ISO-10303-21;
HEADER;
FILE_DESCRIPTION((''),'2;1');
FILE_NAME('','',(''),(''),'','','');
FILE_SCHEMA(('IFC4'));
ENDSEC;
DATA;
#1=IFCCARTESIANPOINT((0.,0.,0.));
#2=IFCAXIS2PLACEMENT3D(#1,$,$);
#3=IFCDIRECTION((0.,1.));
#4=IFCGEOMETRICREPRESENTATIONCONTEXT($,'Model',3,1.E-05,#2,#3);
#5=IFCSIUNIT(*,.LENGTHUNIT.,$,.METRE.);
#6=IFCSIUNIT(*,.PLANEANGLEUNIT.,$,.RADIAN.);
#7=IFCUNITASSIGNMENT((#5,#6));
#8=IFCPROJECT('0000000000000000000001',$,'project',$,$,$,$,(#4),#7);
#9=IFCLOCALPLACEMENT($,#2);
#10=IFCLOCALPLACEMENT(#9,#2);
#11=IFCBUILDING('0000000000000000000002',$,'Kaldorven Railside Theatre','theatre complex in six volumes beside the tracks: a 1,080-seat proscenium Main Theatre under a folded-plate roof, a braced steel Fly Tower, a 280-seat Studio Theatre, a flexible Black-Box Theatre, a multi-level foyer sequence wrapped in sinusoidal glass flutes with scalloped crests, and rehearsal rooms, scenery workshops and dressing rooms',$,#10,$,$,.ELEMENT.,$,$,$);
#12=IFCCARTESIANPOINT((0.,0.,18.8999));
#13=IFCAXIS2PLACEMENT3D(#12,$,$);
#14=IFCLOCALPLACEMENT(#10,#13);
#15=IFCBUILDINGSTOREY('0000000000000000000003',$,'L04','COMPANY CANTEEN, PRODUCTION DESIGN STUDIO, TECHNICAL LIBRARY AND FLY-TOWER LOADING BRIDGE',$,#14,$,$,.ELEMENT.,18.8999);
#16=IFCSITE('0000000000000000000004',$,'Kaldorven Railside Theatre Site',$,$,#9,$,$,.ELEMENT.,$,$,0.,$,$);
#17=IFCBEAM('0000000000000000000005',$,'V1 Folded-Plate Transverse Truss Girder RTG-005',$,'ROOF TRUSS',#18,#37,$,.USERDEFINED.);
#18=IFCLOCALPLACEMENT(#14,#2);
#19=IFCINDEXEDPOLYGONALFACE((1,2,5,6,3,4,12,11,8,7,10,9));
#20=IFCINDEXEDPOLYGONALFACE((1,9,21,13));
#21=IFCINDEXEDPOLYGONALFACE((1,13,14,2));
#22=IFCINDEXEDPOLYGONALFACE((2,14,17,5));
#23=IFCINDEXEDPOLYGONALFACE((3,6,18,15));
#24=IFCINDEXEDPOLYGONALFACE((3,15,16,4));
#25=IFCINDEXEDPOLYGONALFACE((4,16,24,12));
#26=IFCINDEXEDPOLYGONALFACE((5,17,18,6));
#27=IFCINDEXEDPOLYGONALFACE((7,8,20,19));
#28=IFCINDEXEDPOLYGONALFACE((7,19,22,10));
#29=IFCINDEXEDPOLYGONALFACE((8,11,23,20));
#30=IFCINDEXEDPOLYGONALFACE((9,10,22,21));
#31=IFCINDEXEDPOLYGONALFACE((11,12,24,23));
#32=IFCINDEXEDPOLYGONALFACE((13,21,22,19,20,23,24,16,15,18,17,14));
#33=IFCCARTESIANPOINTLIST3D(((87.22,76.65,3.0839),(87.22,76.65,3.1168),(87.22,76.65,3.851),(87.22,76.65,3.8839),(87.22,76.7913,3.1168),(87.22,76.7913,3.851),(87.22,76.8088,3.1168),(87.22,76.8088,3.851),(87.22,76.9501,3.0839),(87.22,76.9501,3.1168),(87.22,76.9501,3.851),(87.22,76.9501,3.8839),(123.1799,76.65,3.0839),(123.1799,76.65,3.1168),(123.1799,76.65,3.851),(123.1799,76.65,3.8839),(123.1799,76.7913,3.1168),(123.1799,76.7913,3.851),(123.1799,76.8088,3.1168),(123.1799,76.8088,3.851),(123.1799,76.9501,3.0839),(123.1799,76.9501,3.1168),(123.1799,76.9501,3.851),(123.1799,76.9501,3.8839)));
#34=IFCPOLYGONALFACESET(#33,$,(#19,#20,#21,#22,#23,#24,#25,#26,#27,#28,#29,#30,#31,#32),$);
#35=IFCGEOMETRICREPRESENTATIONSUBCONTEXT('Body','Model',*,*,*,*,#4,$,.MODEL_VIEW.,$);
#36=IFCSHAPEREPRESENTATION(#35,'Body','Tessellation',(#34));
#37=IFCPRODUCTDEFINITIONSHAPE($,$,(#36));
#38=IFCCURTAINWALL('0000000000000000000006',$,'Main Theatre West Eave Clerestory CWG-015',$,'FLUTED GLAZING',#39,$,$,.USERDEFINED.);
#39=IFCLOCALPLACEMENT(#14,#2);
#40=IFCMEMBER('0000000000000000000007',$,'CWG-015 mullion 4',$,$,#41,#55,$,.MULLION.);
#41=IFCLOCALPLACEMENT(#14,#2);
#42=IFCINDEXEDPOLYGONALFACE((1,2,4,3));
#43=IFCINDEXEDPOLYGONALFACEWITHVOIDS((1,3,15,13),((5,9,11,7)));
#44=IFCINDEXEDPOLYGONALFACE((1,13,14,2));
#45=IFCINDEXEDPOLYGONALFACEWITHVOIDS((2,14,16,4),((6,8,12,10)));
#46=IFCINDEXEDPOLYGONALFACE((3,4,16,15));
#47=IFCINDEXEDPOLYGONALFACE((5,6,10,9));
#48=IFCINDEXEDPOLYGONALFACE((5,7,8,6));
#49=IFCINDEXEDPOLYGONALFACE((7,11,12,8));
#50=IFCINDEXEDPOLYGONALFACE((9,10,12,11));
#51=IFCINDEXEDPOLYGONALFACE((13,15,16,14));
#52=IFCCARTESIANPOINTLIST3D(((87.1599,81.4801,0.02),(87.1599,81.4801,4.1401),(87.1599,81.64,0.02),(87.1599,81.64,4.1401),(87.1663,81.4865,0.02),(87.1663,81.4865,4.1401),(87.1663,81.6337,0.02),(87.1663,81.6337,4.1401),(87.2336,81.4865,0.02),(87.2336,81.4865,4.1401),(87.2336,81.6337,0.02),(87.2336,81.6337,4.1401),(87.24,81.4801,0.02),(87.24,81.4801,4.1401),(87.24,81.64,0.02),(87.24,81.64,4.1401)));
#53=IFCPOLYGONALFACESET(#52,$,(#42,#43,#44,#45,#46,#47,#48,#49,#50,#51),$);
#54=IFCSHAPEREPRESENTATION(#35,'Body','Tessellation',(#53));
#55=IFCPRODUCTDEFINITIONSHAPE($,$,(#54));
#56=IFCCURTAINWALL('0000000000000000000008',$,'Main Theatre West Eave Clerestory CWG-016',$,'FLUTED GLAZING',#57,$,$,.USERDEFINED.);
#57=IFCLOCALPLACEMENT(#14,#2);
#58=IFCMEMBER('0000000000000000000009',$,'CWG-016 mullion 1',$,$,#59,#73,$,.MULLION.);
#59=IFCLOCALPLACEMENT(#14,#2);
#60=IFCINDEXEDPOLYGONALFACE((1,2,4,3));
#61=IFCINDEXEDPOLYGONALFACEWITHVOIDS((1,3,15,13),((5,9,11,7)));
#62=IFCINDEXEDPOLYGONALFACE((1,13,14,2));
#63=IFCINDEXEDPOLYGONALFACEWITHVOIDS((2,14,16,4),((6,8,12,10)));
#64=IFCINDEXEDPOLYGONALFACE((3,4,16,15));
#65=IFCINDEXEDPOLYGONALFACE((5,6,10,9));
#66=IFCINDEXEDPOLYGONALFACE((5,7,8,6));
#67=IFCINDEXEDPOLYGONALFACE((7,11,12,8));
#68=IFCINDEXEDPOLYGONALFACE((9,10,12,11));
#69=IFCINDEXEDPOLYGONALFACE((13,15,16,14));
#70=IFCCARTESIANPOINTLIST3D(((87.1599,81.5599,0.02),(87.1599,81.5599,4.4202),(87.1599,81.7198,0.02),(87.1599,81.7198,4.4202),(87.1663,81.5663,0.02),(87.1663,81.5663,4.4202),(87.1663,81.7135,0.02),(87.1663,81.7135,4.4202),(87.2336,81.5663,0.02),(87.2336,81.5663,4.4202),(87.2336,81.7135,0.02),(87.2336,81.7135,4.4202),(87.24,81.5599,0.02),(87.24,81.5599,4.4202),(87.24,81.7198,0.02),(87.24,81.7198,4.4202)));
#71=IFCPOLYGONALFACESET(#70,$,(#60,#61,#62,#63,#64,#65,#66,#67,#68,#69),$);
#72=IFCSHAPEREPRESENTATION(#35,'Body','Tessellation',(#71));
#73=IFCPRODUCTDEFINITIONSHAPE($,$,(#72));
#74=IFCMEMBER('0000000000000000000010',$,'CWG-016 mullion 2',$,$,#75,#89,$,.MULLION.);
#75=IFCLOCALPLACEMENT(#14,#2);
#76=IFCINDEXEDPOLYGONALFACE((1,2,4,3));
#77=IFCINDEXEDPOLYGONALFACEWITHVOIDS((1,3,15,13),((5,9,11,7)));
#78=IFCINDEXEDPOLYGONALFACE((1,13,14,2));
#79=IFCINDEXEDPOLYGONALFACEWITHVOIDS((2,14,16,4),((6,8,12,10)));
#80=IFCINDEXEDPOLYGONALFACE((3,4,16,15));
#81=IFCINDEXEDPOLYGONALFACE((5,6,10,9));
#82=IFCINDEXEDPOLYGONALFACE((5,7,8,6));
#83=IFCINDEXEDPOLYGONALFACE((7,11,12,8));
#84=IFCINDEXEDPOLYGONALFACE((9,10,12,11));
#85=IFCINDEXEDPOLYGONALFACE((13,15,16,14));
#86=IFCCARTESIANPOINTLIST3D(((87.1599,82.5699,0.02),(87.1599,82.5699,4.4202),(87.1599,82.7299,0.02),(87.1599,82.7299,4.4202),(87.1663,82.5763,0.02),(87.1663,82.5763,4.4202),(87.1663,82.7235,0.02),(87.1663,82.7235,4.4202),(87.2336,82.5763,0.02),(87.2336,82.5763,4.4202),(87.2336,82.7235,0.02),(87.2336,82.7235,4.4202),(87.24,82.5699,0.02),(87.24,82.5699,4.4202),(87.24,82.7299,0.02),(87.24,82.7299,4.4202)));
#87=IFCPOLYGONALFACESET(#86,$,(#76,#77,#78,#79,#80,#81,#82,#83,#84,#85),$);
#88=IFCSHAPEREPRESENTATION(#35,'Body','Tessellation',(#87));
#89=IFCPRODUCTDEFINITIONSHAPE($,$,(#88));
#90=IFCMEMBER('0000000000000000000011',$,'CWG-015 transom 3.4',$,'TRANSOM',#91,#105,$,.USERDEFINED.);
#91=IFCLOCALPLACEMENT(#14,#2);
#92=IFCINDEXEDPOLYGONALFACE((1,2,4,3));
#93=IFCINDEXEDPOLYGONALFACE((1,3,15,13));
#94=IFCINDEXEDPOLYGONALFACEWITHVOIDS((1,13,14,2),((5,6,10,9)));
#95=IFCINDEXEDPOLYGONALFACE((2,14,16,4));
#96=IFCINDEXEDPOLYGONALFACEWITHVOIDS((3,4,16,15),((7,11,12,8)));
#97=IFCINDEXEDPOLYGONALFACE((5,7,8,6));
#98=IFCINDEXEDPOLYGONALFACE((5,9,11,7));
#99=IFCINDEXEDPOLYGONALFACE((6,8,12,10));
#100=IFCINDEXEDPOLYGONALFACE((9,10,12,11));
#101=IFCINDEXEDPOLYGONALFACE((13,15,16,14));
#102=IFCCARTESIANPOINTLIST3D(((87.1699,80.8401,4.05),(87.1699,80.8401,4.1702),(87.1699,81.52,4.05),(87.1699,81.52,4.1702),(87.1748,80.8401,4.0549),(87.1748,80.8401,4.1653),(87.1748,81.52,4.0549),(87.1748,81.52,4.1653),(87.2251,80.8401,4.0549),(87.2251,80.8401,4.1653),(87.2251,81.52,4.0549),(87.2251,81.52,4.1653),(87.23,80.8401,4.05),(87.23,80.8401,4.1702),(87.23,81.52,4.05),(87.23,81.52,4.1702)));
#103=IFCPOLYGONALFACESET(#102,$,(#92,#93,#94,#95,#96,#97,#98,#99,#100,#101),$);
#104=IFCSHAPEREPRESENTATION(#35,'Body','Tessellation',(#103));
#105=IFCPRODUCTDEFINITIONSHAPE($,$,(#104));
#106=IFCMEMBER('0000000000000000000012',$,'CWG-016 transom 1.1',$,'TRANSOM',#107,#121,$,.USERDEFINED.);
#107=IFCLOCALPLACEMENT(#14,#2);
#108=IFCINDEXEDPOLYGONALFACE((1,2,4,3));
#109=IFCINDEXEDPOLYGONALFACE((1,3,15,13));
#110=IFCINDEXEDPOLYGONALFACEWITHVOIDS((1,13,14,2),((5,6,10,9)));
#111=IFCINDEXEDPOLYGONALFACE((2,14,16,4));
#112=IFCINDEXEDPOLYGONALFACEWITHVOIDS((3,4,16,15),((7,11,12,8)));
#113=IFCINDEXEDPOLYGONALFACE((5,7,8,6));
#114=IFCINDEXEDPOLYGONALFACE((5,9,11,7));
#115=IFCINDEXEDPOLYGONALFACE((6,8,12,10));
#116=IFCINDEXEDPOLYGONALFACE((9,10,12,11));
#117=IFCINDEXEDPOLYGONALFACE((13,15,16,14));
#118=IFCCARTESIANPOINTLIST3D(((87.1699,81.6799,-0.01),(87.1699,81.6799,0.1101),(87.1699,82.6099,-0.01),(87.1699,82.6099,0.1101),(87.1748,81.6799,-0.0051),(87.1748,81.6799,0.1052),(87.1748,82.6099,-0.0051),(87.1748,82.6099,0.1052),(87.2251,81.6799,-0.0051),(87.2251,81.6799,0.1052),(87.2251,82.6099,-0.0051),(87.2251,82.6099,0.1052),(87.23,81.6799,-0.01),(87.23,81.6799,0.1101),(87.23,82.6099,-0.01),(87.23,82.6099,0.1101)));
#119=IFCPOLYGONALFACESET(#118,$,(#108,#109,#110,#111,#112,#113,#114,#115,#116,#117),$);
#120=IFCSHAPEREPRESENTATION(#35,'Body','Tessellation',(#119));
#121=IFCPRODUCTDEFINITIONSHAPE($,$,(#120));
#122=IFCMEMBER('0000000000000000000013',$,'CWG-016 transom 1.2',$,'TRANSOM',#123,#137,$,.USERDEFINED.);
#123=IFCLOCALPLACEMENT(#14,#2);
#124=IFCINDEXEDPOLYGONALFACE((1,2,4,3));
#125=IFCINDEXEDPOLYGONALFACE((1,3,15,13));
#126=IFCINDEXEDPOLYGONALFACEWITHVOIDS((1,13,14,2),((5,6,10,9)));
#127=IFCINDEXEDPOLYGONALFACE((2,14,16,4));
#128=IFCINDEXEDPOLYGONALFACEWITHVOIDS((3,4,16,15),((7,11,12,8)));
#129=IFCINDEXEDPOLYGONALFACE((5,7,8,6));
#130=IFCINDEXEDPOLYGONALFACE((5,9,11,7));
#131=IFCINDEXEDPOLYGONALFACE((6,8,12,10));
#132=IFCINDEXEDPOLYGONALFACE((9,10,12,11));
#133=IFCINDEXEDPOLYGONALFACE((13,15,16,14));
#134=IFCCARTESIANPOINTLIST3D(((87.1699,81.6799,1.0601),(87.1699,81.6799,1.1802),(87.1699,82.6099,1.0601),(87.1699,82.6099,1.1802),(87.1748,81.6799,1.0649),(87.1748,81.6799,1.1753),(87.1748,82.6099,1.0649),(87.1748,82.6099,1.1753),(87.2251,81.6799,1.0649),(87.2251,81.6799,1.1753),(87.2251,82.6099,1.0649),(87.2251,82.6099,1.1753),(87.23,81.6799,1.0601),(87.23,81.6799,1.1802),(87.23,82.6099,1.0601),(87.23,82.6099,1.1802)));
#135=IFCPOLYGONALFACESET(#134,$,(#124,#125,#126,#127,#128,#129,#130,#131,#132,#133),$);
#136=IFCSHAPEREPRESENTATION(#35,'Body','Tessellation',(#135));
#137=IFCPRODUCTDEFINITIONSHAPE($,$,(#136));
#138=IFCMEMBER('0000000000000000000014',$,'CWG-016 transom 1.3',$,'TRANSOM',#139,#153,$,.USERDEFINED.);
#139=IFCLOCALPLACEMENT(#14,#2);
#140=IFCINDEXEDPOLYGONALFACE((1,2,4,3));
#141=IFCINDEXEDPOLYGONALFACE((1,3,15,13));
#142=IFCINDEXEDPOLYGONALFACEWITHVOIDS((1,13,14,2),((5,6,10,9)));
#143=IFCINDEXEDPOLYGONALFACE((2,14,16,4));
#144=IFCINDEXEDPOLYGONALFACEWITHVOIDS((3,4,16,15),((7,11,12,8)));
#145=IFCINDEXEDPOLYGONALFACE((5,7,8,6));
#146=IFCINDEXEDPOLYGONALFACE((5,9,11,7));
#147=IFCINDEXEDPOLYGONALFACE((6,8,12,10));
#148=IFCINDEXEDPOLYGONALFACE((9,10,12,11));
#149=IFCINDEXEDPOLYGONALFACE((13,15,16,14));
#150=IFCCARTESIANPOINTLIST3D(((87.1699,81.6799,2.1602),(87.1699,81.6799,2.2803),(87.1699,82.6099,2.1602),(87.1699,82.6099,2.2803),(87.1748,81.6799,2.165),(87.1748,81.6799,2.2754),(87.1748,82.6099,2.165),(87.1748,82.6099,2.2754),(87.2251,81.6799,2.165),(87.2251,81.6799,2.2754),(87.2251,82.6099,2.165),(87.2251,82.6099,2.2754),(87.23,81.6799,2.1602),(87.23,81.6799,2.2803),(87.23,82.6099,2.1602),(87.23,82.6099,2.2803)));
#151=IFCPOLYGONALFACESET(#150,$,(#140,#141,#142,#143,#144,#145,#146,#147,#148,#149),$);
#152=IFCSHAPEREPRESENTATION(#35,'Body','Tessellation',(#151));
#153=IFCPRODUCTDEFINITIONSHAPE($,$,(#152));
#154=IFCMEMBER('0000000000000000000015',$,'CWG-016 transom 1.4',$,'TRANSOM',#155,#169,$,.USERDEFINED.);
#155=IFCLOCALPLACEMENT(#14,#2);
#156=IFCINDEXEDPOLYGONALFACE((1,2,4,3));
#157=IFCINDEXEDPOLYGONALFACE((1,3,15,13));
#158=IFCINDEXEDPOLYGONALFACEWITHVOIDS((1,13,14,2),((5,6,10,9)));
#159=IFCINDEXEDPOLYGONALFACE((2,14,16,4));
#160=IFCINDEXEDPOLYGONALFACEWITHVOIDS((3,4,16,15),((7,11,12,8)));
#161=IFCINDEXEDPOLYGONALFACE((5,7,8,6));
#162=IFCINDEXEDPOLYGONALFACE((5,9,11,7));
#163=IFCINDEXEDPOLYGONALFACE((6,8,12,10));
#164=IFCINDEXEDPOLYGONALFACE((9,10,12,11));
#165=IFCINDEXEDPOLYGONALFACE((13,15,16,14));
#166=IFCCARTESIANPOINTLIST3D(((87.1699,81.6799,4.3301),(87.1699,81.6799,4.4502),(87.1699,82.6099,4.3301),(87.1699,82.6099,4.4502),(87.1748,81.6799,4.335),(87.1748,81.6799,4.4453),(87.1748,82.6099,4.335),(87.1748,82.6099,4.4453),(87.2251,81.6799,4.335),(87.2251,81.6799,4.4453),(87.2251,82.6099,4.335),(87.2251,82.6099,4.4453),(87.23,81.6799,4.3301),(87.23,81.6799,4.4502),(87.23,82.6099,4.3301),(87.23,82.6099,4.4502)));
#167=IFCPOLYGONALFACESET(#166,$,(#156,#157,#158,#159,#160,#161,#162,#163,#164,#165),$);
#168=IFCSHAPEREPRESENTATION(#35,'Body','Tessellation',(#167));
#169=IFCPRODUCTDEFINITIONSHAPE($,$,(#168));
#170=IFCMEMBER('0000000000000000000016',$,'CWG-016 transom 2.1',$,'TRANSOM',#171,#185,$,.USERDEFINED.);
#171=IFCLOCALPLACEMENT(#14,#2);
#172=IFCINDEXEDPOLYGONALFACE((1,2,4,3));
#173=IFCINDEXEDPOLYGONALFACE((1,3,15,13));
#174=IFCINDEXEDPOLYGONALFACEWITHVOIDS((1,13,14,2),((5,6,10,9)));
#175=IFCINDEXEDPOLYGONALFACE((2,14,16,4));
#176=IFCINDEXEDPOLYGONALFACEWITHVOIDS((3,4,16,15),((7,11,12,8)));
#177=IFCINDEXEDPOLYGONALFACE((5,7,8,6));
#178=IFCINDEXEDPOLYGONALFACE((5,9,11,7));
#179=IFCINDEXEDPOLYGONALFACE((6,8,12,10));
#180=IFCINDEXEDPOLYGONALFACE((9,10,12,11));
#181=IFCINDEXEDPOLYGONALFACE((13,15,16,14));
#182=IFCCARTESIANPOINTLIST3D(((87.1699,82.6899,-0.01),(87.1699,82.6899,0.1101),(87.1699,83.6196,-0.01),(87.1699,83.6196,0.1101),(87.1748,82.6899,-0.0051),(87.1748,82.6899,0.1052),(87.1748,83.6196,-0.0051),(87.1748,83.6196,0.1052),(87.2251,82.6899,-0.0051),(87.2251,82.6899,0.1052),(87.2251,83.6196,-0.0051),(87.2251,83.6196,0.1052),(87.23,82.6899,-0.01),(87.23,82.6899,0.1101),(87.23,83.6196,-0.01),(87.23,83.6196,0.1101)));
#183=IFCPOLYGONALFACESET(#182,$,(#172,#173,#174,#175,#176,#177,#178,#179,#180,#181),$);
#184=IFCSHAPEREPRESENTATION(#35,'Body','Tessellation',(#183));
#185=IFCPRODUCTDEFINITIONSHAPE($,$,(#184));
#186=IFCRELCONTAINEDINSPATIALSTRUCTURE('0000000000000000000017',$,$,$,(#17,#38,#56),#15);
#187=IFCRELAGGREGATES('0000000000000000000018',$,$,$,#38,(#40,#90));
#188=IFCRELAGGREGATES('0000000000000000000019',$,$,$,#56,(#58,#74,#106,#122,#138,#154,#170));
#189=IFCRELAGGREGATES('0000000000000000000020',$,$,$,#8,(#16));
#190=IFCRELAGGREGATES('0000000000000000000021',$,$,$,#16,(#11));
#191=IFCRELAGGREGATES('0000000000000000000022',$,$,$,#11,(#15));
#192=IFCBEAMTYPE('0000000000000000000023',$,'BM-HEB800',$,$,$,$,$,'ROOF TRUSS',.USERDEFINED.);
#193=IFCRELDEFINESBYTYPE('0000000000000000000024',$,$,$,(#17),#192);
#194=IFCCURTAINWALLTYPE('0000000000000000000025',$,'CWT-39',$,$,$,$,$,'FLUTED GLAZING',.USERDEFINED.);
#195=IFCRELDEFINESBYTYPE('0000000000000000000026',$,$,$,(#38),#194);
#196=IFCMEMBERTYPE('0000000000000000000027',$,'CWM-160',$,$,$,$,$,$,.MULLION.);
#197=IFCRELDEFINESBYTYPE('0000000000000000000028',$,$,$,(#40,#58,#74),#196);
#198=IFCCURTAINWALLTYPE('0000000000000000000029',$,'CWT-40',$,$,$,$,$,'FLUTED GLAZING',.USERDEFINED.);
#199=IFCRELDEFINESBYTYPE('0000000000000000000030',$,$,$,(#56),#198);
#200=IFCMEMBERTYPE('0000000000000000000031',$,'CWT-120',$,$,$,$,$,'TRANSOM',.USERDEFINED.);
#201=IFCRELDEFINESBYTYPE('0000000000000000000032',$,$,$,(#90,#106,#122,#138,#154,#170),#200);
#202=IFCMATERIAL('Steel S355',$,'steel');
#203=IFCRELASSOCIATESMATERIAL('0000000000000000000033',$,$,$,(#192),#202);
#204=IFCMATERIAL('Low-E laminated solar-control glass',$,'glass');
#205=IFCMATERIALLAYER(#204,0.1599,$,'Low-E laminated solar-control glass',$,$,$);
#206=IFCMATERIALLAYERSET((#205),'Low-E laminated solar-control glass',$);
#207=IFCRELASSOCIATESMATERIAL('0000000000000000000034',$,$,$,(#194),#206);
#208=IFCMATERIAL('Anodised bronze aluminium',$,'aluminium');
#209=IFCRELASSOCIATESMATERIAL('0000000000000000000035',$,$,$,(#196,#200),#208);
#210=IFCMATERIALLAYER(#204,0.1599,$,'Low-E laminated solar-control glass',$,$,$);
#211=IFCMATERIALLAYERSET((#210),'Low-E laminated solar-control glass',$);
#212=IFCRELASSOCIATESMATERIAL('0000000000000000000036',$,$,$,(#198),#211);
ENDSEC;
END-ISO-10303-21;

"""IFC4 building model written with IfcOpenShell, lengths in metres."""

from ifc_helpers import new_model, si_unit, direction, frame, origin, origin_2d, place, context, subcontext, project, spatial, hollow_rectangle, i_section, extrude, material, layer, layer_set, material_profile, profile_set, type_object, element, aggregate, save


model = new_model("IFC4")

# Units and contexts
model_context = context("Model", 3, precision=1e-05, world=origin(), true_north=direction((0.0, 1.0)))
body_context = subcontext(model_context, "Body", "Model", "MODEL_VIEW")
ifc_project = project(units=[si_unit("LENGTHUNIT", "METRE"), si_unit("PLANEANGLEUNIT", "RADIAN")], contexts=[model_context])

# Site, building, storey
site_placement = place(None, origin())
site = spatial("IfcSite", under=ifc_project, at=site_placement, Name="Kaldorven Railside Theatre Site", CompositionType="ELEMENT", RefElevation=0.0)
building_placement = place(site_placement, origin())
building = spatial("IfcBuilding", under=site, at=building_placement, Name="Kaldorven Railside Theatre", Description="theatre complex in six volumes beside the tracks: a 1,080-seat proscenium Main Theatre under a folded-plate roof, a braced steel Fly Tower, a 280-seat Studio Theatre, a flexible Black-Box Theatre, a multi-level foyer sequence wrapped in sinusoidal glass flutes with scalloped crests, and rehearsal rooms, scenery workshops and dressing rooms", CompositionType="ELEMENT")
storey_placement = place(building_placement, frame((0.0, 0.0, 18.8999)))
storey = spatial("IfcBuildingStorey", under=building, at=storey_placement, Name="L04", Description="COMPANY CANTEEN, PRODUCTION DESIGN STUDIO, TECHNICAL LIBRARY AND FLY-TOWER LOADING BRIDGE", CompositionType="ELEMENT", Elevation=18.8999)

# Beam
ifc_material_1 = material(Name="Steel S355", Category="steel")
ifc_material_profile_1 = material_profile(ifc_material_1, i_section(OverallWidth=0.3, OverallDepth=0.8, WebThickness=0.0176, FlangeThickness=0.033, at=origin_2d()), Name="HEB 800")
ifc_profile_set_1 = profile_set([ifc_material_profile_1], Name="Steel S355")
beam_type = type_object("IfcBeamType", Name="BM-HEB800", ElementType="ROOF TRUSS", PredefinedType="USERDEFINED", material=ifc_profile_set_1)
beam_placement = place(storey_placement, frame((87.22, 76.8, 3.4839), z_axis=(1.0, 0.0, 0.0), x_axis=(0.0, 1.0, 0.0)))
element("IfcBeam", 1, at=beam_placement, inside=storey, type_object=beam_type, Name="V1 Folded-Plate Transverse Truss Girder RTG-005", ObjectType="ROOF TRUSS", PredefinedType="USERDEFINED", context=body_context, shape_type="SweptSolid", body=[
    extrude(i_section(OverallWidth=0.3, OverallDepth=0.8, WebThickness=0.0176, FlangeThickness=0.033, at=origin_2d()), origin(), (0.0, 0.0, 1.0), 35.96),
])

# Curtain wall, member
ifc_material_2 = material(Name="Low-E laminated solar-control glass", Category="glass")
ifc_layer_1 = layer(ifc_material_2, 0.1599, Name="Low-E laminated solar-control glass")
ifc_layer_set_1 = layer_set([ifc_layer_1], Name="Low-E laminated solar-control glass")
curtain_wall_type_1 = type_object("IfcCurtainWallType", Name="CWT-39", ElementType="FLUTED GLAZING", PredefinedType="USERDEFINED", material=ifc_layer_set_1)
curtain_wall_1_placement = place(storey_placement, origin())
curtain_wall_1 = element("IfcCurtainWall", 2, at=curtain_wall_1_placement, inside=storey, type_object=curtain_wall_type_1, Name="Main Theatre West Eave Clerestory CWG-015", ObjectType="FLUTED GLAZING", PredefinedType="USERDEFINED")
ifc_material_3 = material(Name="Anodised bronze aluminium", Category="aluminium")
ifc_material_profile_2 = material_profile(ifc_material_3, hollow_rectangle(XDim=0.0801, YDim=0.1599, WallThickness=0.0063, at=origin_2d()), Name="RHS 160x80x6.3")
ifc_profile_set_2 = profile_set([ifc_material_profile_2], Name="Anodised bronze aluminium")
member_type_1 = type_object("IfcMemberType", Name="CWM-160", PredefinedType="MULLION", material=ifc_profile_set_2)
member_1_placement = place(storey_placement, frame((87.2, 81.5601, 0.02), z_axis=(0.0, 0.0, 1.0), x_axis=(-1.0, 0.0, 0.0)))
member_1 = element("IfcMember", 3, at=member_1_placement, type_object=member_type_1, Name="CWG-015 mullion 4", PredefinedType="MULLION", context=body_context, shape_type="SweptSolid", body=[
    extrude(hollow_rectangle(XDim=0.0801, YDim=0.1599, WallThickness=0.0063, at=origin_2d()), origin(), (0.0, 0.0, 1.0), 4.1201),
])

# Curtain wall, members
ifc_layer_2 = layer(ifc_material_2, 0.1599, Name="Low-E laminated solar-control glass")
ifc_layer_set_2 = layer_set([ifc_layer_2], Name="Low-E laminated solar-control glass")
curtain_wall_type_2 = type_object("IfcCurtainWallType", Name="CWT-40", ElementType="FLUTED GLAZING", PredefinedType="USERDEFINED", material=ifc_layer_set_2)
curtain_wall_2_placement = place(storey_placement, origin())
curtain_wall_2 = element("IfcCurtainWall", 4, at=curtain_wall_2_placement, inside=storey, type_object=curtain_wall_type_2, Name="Main Theatre West Eave Clerestory CWG-016", ObjectType="FLUTED GLAZING", PredefinedType="USERDEFINED")
member_2_placement = place(storey_placement, frame((87.2, 81.6399, 0.02), z_axis=(0.0, 0.0, 1.0), x_axis=(-1.0, 0.0, 0.0)))
member_2 = element("IfcMember", 5, at=member_2_placement, type_object=member_type_1, Name="CWG-016 mullion 1", PredefinedType="MULLION", context=body_context, shape_type="SweptSolid", body=[
    extrude(hollow_rectangle(XDim=0.0801, YDim=0.1599, WallThickness=0.0063, at=origin_2d()), origin(), (0.0, 0.0, 1.0), 4.4001),
])
member_3_placement = place(storey_placement, frame((87.2, 82.6499, 0.02), z_axis=(0.0, 0.0, 1.0), x_axis=(-1.0, 0.0, 0.0)))
member_3 = element("IfcMember", 6, at=member_3_placement, type_object=member_type_1, Name="CWG-016 mullion 2", PredefinedType="MULLION", context=body_context, shape_type="SweptSolid", body=[
    extrude(hollow_rectangle(XDim=0.0801, YDim=0.1599, WallThickness=0.0063, at=origin_2d()), origin(), (0.0, 0.0, 1.0), 4.4001),
])

# Members
ifc_material_profile_3 = material_profile(ifc_material_3, hollow_rectangle(XDim=0.0601, YDim=0.1201, WallThickness=0.0049, at=origin_2d()), Name="RHS 120x60x5")
ifc_profile_set_3 = profile_set([ifc_material_profile_3], Name="Anodised bronze aluminium")
member_type_2 = type_object("IfcMemberType", Name="CWT-120", ElementType="TRANSOM", PredefinedType="USERDEFINED", material=ifc_profile_set_3)
member_4_placement = place(storey_placement, frame((87.2, 80.8401, 4.1101), z_axis=(0.0, 1.0, 0.0), x_axis=(-1.0, 0.0, 0.0)))
member_4 = element("IfcMember", 7, at=member_4_placement, type_object=member_type_2, Name="CWG-015 transom 3.4", ObjectType="TRANSOM", PredefinedType="USERDEFINED", context=body_context, shape_type="SweptSolid", body=[
    extrude(hollow_rectangle(XDim=0.0601, YDim=0.1201, WallThickness=0.0049, at=origin_2d()), origin(), (0.0, 0.0, 1.0), 0.6799),
])
member_5_placement = place(storey_placement, frame((87.2, 81.6799, 0.05), z_axis=(0.0, 1.0, 0.0), x_axis=(-1.0, 0.0, 0.0)))
member_5 = element("IfcMember", 8, at=member_5_placement, type_object=member_type_2, Name="CWG-016 transom 1.1", ObjectType="TRANSOM", PredefinedType="USERDEFINED", context=body_context, shape_type="SweptSolid", body=[
    extrude(hollow_rectangle(XDim=0.0601, YDim=0.1201, WallThickness=0.0049, at=origin_2d()), origin(), (0.0, 0.0, 1.0), 0.9299),
])
member_6_placement = place(storey_placement, frame((87.2, 81.6799, 1.1201), z_axis=(0.0, 1.0, 0.0), x_axis=(-1.0, 0.0, 0.0)))
member_6 = element("IfcMember", 9, at=member_6_placement, type_object=member_type_2, Name="CWG-016 transom 1.2", ObjectType="TRANSOM", PredefinedType="USERDEFINED", context=body_context, shape_type="SweptSolid", body=[
    extrude(hollow_rectangle(XDim=0.0601, YDim=0.1201, WallThickness=0.0049, at=origin_2d()), origin(), (0.0, 0.0, 1.0), 0.9299),
])
member_7_placement = place(storey_placement, frame((87.2, 81.6799, 2.2202), z_axis=(0.0, 1.0, 0.0), x_axis=(-1.0, 0.0, 0.0)))
member_7 = element("IfcMember", 10, at=member_7_placement, type_object=member_type_2, Name="CWG-016 transom 1.3", ObjectType="TRANSOM", PredefinedType="USERDEFINED", context=body_context, shape_type="SweptSolid", body=[
    extrude(hollow_rectangle(XDim=0.0601, YDim=0.1201, WallThickness=0.0049, at=origin_2d()), origin(), (0.0, 0.0, 1.0), 0.9299),
])
member_8_placement = place(storey_placement, frame((87.2, 81.6799, 4.3901), z_axis=(0.0, 1.0, 0.0), x_axis=(-1.0, 0.0, 0.0)))
member_8 = element("IfcMember", 11, at=member_8_placement, type_object=member_type_2, Name="CWG-016 transom 1.4", ObjectType="TRANSOM", PredefinedType="USERDEFINED", context=body_context, shape_type="SweptSolid", body=[
    extrude(hollow_rectangle(XDim=0.0601, YDim=0.1201, WallThickness=0.0049, at=origin_2d()), origin(), (0.0, 0.0, 1.0), 0.9299),
])
member_9_placement = place(storey_placement, frame((87.2, 82.6899, 0.05), z_axis=(0.0, 1.0, 0.0), x_axis=(-1.0, 0.0, 0.0)))
member_9 = element("IfcMember", 12, at=member_9_placement, type_object=member_type_2, Name="CWG-016 transom 2.1", ObjectType="TRANSOM", PredefinedType="USERDEFINED", context=body_context, shape_type="SweptSolid", body=[
    extrude(hollow_rectangle(XDim=0.0601, YDim=0.1201, WallThickness=0.0049, at=origin_2d()), origin(), (0.0, 0.0, 1.0), 0.9297),
])

aggregate(curtain_wall_1, [member_1, member_4])
aggregate(curtain_wall_2, [member_2, member_3, member_5, member_6, member_7, member_8, member_9])

save(model, "model.ifc")
